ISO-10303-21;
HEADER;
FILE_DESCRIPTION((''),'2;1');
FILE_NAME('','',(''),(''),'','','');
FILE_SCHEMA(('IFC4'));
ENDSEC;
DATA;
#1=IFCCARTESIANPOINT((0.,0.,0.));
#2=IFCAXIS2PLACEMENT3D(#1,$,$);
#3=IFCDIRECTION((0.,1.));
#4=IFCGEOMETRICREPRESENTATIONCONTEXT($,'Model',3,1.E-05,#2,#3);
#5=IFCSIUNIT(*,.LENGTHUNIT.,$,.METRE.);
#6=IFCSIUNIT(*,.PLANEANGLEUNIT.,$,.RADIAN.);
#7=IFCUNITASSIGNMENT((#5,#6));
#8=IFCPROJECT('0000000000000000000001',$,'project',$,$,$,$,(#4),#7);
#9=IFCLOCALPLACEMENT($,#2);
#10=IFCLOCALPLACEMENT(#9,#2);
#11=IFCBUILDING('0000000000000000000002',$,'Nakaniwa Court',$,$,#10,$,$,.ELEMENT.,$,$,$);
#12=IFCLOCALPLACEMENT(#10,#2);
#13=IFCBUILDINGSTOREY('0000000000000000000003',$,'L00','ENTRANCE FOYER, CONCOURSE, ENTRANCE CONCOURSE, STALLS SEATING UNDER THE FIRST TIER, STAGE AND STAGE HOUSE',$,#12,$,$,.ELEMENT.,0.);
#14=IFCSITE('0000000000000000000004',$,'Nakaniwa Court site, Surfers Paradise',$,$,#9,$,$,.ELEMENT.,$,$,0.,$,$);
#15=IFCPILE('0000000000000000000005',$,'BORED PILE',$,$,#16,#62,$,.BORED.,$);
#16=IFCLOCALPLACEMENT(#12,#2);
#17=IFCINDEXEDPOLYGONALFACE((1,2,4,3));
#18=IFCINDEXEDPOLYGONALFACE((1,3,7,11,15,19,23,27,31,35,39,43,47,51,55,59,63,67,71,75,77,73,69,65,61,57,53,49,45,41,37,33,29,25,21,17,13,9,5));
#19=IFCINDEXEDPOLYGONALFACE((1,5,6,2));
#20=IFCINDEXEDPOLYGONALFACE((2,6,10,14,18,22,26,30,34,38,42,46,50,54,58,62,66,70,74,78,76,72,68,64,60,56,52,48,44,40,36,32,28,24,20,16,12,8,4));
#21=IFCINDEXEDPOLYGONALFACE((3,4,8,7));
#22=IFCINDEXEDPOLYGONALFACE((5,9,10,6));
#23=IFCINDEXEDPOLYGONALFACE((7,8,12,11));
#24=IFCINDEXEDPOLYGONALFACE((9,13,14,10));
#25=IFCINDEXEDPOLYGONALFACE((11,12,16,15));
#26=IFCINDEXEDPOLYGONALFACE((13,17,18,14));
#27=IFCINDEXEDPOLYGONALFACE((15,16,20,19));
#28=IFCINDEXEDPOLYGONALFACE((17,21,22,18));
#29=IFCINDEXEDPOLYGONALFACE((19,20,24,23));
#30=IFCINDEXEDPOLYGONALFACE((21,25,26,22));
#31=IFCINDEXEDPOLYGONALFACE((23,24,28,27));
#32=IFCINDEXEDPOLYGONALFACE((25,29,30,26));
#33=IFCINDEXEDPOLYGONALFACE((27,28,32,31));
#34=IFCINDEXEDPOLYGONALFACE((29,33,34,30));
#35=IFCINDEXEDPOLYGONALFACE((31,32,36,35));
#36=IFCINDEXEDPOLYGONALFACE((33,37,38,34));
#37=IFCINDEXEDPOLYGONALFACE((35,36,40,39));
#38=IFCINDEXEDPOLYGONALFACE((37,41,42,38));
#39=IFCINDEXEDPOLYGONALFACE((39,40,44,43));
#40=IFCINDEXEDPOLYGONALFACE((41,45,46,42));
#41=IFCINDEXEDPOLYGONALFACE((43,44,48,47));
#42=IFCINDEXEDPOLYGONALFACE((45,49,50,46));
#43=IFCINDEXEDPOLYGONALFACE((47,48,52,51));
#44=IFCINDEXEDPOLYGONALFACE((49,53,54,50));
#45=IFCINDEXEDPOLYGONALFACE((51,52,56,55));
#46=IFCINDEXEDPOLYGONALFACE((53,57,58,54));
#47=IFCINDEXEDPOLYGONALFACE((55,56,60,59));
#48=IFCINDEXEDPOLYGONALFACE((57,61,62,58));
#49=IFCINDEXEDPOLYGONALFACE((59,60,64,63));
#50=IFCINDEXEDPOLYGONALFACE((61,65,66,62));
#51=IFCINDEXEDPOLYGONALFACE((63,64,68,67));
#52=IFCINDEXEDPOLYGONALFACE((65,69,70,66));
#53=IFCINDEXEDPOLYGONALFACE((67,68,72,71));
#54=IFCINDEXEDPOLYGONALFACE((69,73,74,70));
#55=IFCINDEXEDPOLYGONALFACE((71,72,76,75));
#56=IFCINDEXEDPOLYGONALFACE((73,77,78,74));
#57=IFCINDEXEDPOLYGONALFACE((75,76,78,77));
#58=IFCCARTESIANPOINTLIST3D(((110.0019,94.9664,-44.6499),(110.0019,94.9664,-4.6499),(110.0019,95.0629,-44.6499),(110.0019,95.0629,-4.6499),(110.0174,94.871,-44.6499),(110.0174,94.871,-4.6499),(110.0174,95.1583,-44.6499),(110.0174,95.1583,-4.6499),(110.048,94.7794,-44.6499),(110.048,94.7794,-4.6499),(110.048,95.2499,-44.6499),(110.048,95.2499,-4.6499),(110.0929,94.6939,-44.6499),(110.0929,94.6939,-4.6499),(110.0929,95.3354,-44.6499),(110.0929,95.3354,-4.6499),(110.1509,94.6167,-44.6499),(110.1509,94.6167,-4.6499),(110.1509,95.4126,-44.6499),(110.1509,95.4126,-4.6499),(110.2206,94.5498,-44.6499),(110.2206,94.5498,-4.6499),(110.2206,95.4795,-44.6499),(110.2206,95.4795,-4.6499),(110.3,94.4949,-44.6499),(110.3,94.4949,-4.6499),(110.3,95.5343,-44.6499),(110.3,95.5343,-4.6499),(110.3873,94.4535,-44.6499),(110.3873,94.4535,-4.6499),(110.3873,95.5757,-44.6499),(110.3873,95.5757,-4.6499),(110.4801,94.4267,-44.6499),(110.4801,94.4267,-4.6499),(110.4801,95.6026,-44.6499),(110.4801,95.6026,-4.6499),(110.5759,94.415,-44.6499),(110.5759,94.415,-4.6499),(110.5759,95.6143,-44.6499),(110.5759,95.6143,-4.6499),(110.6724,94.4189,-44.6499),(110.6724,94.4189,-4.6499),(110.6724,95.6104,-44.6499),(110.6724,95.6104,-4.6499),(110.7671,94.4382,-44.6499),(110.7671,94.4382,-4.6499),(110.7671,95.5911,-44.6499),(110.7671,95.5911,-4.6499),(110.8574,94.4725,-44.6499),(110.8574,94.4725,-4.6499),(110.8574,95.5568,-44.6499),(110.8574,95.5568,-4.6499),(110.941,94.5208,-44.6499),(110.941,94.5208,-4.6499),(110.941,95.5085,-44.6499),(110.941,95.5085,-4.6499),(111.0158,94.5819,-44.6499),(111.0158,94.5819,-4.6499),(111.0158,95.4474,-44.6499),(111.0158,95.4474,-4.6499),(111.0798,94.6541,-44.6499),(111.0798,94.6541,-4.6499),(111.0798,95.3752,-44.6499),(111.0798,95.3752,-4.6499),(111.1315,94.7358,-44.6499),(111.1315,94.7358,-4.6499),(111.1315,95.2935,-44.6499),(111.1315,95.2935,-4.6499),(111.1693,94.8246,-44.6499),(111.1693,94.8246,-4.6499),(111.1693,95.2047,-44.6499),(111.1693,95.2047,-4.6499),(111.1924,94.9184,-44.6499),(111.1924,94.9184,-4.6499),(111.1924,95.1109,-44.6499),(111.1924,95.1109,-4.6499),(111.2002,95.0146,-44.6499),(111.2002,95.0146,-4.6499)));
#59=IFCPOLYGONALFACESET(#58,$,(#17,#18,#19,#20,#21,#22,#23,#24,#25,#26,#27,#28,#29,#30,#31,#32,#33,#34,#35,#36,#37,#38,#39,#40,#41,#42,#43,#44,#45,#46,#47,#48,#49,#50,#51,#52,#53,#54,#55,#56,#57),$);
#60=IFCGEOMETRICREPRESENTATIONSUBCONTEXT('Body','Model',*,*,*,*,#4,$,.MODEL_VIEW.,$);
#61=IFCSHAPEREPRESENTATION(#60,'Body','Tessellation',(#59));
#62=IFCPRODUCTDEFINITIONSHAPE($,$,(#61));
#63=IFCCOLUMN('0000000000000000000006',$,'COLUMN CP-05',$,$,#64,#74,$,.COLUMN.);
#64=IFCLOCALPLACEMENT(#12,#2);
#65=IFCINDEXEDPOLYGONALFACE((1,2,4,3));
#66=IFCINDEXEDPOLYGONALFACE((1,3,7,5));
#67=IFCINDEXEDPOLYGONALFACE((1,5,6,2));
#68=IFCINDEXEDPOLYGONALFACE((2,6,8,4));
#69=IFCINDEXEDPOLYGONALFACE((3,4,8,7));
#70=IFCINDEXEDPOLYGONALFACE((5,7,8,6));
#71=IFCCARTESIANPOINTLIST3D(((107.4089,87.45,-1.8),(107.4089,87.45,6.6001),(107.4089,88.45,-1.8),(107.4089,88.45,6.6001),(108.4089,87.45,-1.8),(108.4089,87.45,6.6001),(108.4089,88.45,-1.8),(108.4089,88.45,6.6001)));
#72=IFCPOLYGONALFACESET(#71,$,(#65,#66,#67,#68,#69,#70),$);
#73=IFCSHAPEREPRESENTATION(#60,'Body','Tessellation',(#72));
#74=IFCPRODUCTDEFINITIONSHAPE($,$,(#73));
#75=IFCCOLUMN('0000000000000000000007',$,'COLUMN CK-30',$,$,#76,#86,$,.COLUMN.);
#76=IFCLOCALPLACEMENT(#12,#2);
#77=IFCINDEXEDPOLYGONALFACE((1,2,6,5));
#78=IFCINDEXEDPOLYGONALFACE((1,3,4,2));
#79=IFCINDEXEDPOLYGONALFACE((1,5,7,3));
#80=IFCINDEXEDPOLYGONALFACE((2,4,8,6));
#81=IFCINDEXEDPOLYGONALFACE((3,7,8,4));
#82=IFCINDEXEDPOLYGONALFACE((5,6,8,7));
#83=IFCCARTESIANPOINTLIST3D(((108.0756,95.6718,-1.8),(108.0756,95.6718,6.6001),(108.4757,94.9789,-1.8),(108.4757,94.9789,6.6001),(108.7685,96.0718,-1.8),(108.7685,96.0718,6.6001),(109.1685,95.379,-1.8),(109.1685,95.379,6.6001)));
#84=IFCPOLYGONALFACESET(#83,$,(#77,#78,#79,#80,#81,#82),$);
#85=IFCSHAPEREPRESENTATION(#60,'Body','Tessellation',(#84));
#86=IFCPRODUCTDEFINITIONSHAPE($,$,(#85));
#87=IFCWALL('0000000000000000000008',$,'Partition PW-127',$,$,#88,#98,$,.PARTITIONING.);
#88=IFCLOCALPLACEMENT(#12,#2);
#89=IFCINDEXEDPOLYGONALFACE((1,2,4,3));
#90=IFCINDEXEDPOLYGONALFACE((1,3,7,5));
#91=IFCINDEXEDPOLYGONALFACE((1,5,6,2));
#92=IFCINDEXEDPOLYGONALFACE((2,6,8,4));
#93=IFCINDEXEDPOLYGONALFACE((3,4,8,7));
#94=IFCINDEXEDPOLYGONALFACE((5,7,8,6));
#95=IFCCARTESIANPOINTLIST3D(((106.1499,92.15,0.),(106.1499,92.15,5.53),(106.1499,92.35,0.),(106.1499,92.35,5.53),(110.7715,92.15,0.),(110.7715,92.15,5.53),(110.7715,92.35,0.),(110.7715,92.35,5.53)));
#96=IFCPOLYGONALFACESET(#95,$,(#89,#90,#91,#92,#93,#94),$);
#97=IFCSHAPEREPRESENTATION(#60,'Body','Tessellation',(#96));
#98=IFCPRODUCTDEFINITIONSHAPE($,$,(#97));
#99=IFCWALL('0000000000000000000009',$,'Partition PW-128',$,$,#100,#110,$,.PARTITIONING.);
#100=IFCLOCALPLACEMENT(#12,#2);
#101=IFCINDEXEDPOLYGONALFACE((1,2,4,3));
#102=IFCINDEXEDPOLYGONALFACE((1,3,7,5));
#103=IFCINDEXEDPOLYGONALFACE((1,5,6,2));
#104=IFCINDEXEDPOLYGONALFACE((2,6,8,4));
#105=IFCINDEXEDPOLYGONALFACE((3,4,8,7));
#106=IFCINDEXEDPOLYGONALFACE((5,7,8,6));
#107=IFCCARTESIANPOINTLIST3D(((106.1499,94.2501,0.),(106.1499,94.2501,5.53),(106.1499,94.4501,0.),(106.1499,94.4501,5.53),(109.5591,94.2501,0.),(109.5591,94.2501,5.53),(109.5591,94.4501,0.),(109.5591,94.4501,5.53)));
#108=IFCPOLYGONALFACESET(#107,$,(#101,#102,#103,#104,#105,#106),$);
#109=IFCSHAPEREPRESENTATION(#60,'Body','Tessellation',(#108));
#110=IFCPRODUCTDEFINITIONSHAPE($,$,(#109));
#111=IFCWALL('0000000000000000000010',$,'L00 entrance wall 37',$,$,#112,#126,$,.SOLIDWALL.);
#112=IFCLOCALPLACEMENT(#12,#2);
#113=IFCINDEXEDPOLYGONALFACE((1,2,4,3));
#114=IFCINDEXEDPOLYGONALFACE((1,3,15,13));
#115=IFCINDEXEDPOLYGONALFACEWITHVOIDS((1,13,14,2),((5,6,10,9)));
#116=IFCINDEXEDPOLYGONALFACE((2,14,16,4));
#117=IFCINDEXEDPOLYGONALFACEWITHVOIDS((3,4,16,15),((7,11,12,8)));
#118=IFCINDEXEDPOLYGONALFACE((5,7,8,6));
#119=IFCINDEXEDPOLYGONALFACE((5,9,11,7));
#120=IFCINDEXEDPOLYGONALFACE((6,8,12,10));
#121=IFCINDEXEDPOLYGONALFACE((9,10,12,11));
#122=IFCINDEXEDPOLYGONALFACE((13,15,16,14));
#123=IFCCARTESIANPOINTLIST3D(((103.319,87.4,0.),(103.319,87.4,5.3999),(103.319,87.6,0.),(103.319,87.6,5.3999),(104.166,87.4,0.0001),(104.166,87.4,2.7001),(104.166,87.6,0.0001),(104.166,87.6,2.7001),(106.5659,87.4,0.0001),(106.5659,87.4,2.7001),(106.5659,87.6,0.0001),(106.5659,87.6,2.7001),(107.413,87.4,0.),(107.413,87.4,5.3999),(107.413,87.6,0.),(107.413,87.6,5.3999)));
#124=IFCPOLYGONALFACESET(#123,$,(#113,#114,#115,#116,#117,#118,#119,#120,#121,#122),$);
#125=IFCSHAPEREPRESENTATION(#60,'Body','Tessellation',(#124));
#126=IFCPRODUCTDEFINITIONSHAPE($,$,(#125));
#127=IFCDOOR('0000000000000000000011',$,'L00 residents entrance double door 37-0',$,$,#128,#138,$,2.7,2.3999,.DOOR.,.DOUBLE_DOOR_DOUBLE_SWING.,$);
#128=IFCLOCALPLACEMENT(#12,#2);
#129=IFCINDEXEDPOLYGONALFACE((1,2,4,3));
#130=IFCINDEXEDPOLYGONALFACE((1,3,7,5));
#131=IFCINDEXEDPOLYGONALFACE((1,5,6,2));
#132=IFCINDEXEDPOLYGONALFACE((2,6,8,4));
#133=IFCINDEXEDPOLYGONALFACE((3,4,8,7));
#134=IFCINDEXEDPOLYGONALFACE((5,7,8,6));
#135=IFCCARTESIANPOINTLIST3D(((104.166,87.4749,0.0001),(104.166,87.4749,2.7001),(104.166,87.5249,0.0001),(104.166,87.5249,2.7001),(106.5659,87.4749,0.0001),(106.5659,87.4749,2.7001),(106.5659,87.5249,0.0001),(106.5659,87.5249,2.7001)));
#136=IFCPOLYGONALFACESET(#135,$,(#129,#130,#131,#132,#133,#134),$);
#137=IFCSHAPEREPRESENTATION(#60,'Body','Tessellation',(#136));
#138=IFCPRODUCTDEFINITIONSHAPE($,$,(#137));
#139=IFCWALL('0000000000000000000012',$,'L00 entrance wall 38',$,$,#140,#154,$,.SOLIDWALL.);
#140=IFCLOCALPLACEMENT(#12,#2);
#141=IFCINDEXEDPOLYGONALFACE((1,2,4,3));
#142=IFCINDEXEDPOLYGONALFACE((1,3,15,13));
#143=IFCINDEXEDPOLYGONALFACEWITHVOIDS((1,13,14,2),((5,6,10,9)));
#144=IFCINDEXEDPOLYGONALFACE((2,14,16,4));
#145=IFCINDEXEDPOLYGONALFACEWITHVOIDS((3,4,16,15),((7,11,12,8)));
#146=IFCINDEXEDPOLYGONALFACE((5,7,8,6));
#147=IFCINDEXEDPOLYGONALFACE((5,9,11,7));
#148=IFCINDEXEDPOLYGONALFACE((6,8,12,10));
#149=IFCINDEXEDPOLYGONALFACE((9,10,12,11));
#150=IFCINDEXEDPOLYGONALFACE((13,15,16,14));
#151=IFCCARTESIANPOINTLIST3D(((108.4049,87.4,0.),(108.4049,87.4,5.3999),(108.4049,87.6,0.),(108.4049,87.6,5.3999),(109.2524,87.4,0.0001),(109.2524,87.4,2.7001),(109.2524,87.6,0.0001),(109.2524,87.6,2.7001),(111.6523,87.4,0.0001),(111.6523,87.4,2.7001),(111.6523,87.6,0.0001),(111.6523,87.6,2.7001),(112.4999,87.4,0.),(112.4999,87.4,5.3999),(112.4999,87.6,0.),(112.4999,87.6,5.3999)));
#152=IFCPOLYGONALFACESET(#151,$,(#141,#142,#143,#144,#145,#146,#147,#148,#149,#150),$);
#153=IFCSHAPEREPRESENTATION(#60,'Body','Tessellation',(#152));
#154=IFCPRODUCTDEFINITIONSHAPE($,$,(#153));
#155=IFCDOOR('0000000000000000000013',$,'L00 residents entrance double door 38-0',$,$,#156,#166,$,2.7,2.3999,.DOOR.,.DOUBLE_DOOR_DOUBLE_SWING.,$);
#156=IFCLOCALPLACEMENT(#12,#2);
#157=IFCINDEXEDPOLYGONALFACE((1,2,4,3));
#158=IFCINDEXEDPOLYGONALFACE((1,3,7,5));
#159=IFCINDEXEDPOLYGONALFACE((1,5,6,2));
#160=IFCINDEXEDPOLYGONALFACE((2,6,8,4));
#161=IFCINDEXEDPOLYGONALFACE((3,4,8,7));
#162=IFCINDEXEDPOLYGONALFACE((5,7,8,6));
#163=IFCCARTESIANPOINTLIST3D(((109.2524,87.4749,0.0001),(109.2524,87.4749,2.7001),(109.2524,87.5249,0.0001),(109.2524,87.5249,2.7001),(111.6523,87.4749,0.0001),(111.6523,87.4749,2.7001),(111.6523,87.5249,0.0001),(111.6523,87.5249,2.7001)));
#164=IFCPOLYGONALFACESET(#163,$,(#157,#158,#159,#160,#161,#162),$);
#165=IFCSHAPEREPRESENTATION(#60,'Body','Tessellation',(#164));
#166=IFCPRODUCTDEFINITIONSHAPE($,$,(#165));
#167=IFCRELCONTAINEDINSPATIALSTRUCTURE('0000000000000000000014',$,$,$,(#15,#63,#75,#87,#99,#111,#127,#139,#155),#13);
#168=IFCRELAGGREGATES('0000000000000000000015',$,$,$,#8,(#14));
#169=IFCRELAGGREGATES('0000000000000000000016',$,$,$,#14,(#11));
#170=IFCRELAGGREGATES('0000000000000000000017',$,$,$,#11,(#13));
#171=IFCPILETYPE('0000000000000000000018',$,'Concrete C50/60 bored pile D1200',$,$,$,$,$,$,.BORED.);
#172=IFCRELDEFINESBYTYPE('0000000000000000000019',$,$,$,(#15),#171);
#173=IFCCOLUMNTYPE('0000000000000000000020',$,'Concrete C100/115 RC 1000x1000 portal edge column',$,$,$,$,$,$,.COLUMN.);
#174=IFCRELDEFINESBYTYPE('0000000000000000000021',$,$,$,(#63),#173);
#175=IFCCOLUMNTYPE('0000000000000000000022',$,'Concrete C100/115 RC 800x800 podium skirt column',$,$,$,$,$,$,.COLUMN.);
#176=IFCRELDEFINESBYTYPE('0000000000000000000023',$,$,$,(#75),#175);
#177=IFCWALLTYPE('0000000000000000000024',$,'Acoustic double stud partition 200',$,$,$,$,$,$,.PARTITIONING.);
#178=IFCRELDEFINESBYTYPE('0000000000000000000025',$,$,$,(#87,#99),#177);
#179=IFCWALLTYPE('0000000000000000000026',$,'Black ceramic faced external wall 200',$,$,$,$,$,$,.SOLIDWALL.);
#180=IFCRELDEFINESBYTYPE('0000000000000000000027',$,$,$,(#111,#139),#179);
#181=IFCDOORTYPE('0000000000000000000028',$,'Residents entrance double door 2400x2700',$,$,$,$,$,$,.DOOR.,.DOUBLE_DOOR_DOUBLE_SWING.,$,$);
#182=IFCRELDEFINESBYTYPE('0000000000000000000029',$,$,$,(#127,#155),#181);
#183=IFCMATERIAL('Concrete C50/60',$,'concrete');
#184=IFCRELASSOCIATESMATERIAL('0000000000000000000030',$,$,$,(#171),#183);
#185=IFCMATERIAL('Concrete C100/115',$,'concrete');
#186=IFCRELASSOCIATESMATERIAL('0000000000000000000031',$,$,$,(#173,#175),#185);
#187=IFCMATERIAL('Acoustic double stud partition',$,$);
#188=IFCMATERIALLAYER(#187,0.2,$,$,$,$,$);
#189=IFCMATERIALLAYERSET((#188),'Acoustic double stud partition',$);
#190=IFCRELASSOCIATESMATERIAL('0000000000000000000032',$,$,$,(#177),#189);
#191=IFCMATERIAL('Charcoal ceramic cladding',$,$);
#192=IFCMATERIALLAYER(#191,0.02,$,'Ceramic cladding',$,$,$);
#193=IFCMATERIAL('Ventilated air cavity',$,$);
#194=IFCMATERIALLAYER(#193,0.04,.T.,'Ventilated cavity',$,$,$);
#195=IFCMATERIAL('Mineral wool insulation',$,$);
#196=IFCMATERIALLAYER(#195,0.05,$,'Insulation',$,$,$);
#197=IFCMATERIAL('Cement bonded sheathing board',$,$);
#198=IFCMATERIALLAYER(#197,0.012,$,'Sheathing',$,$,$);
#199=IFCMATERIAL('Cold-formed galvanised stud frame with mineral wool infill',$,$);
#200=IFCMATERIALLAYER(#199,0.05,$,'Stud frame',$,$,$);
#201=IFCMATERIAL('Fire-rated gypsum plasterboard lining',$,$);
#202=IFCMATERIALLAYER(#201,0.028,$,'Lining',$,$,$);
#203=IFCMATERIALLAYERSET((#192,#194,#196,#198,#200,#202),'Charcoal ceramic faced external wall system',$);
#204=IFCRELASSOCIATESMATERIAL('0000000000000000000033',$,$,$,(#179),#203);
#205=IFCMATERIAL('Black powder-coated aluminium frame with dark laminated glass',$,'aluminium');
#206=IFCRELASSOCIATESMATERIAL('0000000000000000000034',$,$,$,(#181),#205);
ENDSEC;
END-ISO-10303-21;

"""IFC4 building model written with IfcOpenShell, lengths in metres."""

from ifc_helpers import new_model, si_unit, direction, frame, frame_2d, origin, origin_2d, place, context, subcontext, project, spatial, rectangle, circle, extrude, material, layer, layer_set, material_profile, profile_set, type_object, element, fill, save


model = new_model("IFC4")

# Units and contexts
model_context = context("Model", 3, precision=1e-05, world=origin(), true_north=direction((0.0, 1.0)))
body_context = subcontext(model_context, "Body", "Model", "MODEL_VIEW")
ifc_project = project(units=[si_unit("LENGTHUNIT", "METRE"), si_unit("PLANEANGLEUNIT", "RADIAN")], contexts=[model_context])

# Site, building, storey
site_placement = place(None, origin())
site = spatial("IfcSite", under=ifc_project, at=site_placement, Name="Nakaniwa Court site, Surfers Paradise", CompositionType="ELEMENT", RefElevation=0.0)
building_placement = place(site_placement, origin())
building = spatial("IfcBuilding", under=site, at=building_placement, Name="Nakaniwa Court", CompositionType="ELEMENT")
storey_placement = place(building_placement, origin())
storey = spatial("IfcBuildingStorey", under=building, at=storey_placement, Name="L00", Description="ENTRANCE FOYER, CONCOURSE, ENTRANCE CONCOURSE, STALLS SEATING UNDER THE FIRST TIER, STAGE AND STAGE HOUSE", CompositionType="ELEMENT", Elevation=0.0)

# Pile
ifc_material_1 = material(Name="Concrete C50/60", Category="concrete")
ifc_material_profile_1 = material_profile(ifc_material_1, circle(Radius=0.6001, at=origin_2d()), Name="Concrete C50/60 bored pile D1200")
ifc_profile_set_1 = profile_set([ifc_material_profile_1], Name="Concrete C50/60")
pile_type = type_object("IfcPileType", Name="Concrete C50/60 bored pile D1200", PredefinedType="BORED", material=ifc_profile_set_1)
for number, where, z_axis, x_axis, name in (
    (1, (110.6001, 95.0146, -4.6499), (0.0, 0.0, -1.0), (1.0, 0.0, 0.0), "BORED PILE"),
):
    element("IfcPile", number, at=place(storey_placement, frame(where, z_axis=z_axis, x_axis=x_axis)), inside=storey, type_object=pile_type, Name=name, PredefinedType="BORED", context=body_context, shape_type="SweptSolid", body=[
        extrude(circle(Radius=0.6001, at=origin_2d()), origin(), (0.0, 0.0, 1.0), 40.0),
    ])

# Columns
ifc_material_2 = material(Name="Concrete C100/115", Category="concrete")
ifc_material_profile_2 = material_profile(ifc_material_2, rectangle(XDim=1.0, YDim=1.0, at=origin_2d()), Name="Concrete C100/115 RC 1000x1000 portal edge column")
ifc_profile_set_2 = profile_set([ifc_material_profile_2], Name="Concrete C100/115")
column_type_1 = type_object("IfcColumnType", Name="Concrete C100/115 RC 1000x1000 portal edge column", PredefinedType="COLUMN", material=ifc_profile_set_2)
column_1_placement = place(storey_placement, frame((107.9089, 87.95, -1.8), z_axis=(0.0, 0.0, 1.0), x_axis=(1.0, 0.0, 0.0)))
element("IfcColumn", 2, at=column_1_placement, inside=storey, type_object=column_type_1, Name="COLUMN CP-05", PredefinedType="COLUMN", context=body_context, shape_type="SweptSolid", body=[
    extrude(rectangle(XDim=1.0, YDim=1.0, at=origin_2d()), origin(), (0.0, 0.0, 1.0), 8.4001),
])
ifc_material_profile_3 = material_profile(ifc_material_2, rectangle(XDim=0.8, YDim=0.8, at=origin_2d()), Name="Concrete C100/115 RC 800x800 podium skirt column")
ifc_profile_set_3 = profile_set([ifc_material_profile_3], Name="Concrete C100/115")
column_type_2 = type_object("IfcColumnType", Name="Concrete C100/115 RC 800x800 podium skirt column", PredefinedType="COLUMN", material=ifc_profile_set_3)
column_2_placement = place(storey_placement, frame((108.6221, 95.5254, -1.8), z_axis=(0.0, 0.0, 1.0), x_axis=(-0.5, 0.866025, 0.0)))
element("IfcColumn", 3, at=column_2_placement, inside=storey, type_object=column_type_2, Name="COLUMN CK-30", PredefinedType="COLUMN", context=body_context, shape_type="SweptSolid", body=[
    extrude(rectangle(XDim=0.8, YDim=0.8, at=origin_2d()), origin(), (0.0, 0.0, 1.0), 8.4001),
])

# Walls
ifc_material_3 = material(Name="Acoustic double stud partition")
ifc_layer_1 = layer(ifc_material_3, 0.2)
ifc_layer_set_1 = layer_set([ifc_layer_1], Name="Acoustic double stud partition")
wall_type_1 = type_object("IfcWallType", Name="Acoustic double stud partition 200", PredefinedType="PARTITIONING", material=ifc_layer_set_1)
wall_1_placement = place(storey_placement, frame((106.1499, 92.25, 0.0), z_axis=(0.0, 0.0, 1.0), x_axis=(1.0, 0.0, 0.0)))
element("IfcWall", 4, at=wall_1_placement, inside=storey, type_object=wall_type_1, Name="Partition PW-127", PredefinedType="PARTITIONING", context=body_context, shape_type="SweptSolid", body=[
    extrude(rectangle(XDim=4.6216, YDim=0.2, at=frame_2d((2.3108, 0.0))), origin(), (0.0, 0.0, 1.0), 5.53),
])
wall_2_placement = place(storey_placement, frame((106.1499, 94.3501, 0.0), z_axis=(0.0, 0.0, 1.0), x_axis=(1.0, 0.0, 0.0)))
element("IfcWall", 5, at=wall_2_placement, inside=storey, type_object=wall_type_1, Name="Partition PW-128", PredefinedType="PARTITIONING", context=body_context, shape_type="SweptSolid", body=[
    extrude(rectangle(XDim=3.4092, YDim=0.2, at=frame_2d((1.7046, 0.0))), origin(), (0.0, 0.0, 1.0), 5.53),
])

# Walls, openings, doors
ifc_material_4 = material(Name="Charcoal ceramic cladding")
ifc_layer_2 = layer(ifc_material_4, 0.02, Name="Ceramic cladding")
ifc_material_5 = material(Name="Ventilated air cavity")
ifc_layer_3 = layer(ifc_material_5, 0.04, ventilated=True, Name="Ventilated cavity")
ifc_material_6 = material(Name="Mineral wool insulation")
ifc_layer_4 = layer(ifc_material_6, 0.05, Name="Insulation")
ifc_material_7 = material(Name="Cement bonded sheathing board")
ifc_layer_5 = layer(ifc_material_7, 0.012, Name="Sheathing")
ifc_material_8 = material(Name="Cold-formed galvanised stud frame with mineral wool infill")
ifc_layer_6 = layer(ifc_material_8, 0.05, Name="Stud frame")
ifc_material_9 = material(Name="Fire-rated gypsum plasterboard lining")
ifc_layer_7 = layer(ifc_material_9, 0.028, Name="Lining")
ifc_layer_set_2 = layer_set([ifc_layer_2, ifc_layer_3, ifc_layer_4, ifc_layer_5, ifc_layer_6, ifc_layer_7], Name="Charcoal ceramic faced external wall system")
wall_type_2 = type_object("IfcWallType", Name="Black ceramic faced external wall 200", PredefinedType="SOLIDWALL", material=ifc_layer_set_2)
wall_3_placement = place(storey_placement, frame((103.3191, 87.5, 0.0), z_axis=(0.0, 0.0, 1.0), x_axis=(1.0, 0.0, 0.0)))
wall_3 = element("IfcWall", 6, at=wall_3_placement, inside=storey, type_object=wall_type_2, Name="L00 entrance wall 37", PredefinedType="SOLIDWALL", context=body_context, shape_type="SweptSolid", body=[
    extrude(rectangle(XDim=4.094, YDim=0.2, at=frame_2d((2.0469, 0.0))), origin(), (0.0, 0.0, 1.0), 5.3999),
])
opening_1_placement = place(wall_3_placement, frame((0.8469, 0.0, 0.0)))
opening_1 = element("IfcOpeningElement", 7, at=opening_1_placement, cuts=wall_3, PredefinedType="OPENING", context=body_context, shape_type="SweptSolid", body=[
    extrude(rectangle(XDim=2.3999, YDim=2.7, at=frame_2d((1.2, 1.3501))), frame((0.0, 0.1099, 0.0), z_axis=(0.0, -1.0, 0.0), x_axis=(1.0, 0.0, 0.0)), (0.0, 0.0, 1.0), 0.22),
])
ifc_material_10 = material(Name="Black powder-coated aluminium frame with dark laminated glass", Category="aluminium")
door_type_1 = type_object("IfcDoorType", Name="Residents entrance double door 2400x2700", OperationType="DOUBLE_DOOR_DOUBLE_SWING", PredefinedType="DOOR", material=ifc_material_10)
door_1_placement = place(opening_1_placement, origin())
door_1 = element("IfcDoor", 8, at=door_1_placement, inside=storey, type_object=door_type_1, Name="L00 residents entrance double door 37-0", OperationType="DOUBLE_DOOR_DOUBLE_SWING", OverallHeight=2.7, OverallWidth=2.3999, PredefinedType="DOOR", context=body_context, shape_type="SweptSolid", body=[
    extrude(rectangle(XDim=2.3999, YDim=2.7, at=frame_2d((1.2, 1.3501))), frame((0.0, 0.0249, 0.0), z_axis=(0.0, -1.0, 0.0), x_axis=(1.0, 0.0, 0.0)), (0.0, 0.0, 1.0), 0.05),
])
fill(opening_1, door_1)
wall_4_placement = place(storey_placement, frame((108.405, 87.5, 0.0), z_axis=(0.0, 0.0, 1.0), x_axis=(1.0, 0.0, 0.0)))
wall_4 = element("IfcWall", 9, at=wall_4_placement, inside=storey, type_object=wall_type_2, Name="L00 entrance wall 38", PredefinedType="SOLIDWALL", context=body_context, shape_type="SweptSolid", body=[
    extrude(rectangle(XDim=4.095, YDim=0.2, at=frame_2d((2.0474, 0.0))), origin(), (0.0, 0.0, 1.0), 5.3999),
])
opening_2_placement = place(wall_4_placement, frame((0.8474, 0.0, 0.0)))
opening_2 = element("IfcOpeningElement", 10, at=opening_2_placement, cuts=wall_4, PredefinedType="OPENING", context=body_context, shape_type="SweptSolid", body=[
    extrude(rectangle(XDim=2.3999, YDim=2.7, at=frame_2d((1.2, 1.3501))), frame((0.0, 0.1099, 0.0), z_axis=(0.0, -1.0, 0.0), x_axis=(1.0, 0.0, 0.0)), (0.0, 0.0, 1.0), 0.22),
])
door_2_placement = place(opening_2_placement, origin())
door_2 = element("IfcDoor", 11, at=door_2_placement, inside=storey, type_object=door_type_1, Name="L00 residents entrance double door 38-0", OperationType="DOUBLE_DOOR_DOUBLE_SWING", OverallHeight=2.7, OverallWidth=2.3999, PredefinedType="DOOR", context=body_context, shape_type="SweptSolid", body=[
    extrude(rectangle(XDim=2.3999, YDim=2.7, at=frame_2d((1.2, 1.3501))), frame((0.0, 0.0249, 0.0), z_axis=(0.0, -1.0, 0.0), x_axis=(1.0, 0.0, 0.0)), (0.0, 0.0, 1.0), 0.05),
])
fill(opening_2, door_2)

save(model, "model.ifc")
